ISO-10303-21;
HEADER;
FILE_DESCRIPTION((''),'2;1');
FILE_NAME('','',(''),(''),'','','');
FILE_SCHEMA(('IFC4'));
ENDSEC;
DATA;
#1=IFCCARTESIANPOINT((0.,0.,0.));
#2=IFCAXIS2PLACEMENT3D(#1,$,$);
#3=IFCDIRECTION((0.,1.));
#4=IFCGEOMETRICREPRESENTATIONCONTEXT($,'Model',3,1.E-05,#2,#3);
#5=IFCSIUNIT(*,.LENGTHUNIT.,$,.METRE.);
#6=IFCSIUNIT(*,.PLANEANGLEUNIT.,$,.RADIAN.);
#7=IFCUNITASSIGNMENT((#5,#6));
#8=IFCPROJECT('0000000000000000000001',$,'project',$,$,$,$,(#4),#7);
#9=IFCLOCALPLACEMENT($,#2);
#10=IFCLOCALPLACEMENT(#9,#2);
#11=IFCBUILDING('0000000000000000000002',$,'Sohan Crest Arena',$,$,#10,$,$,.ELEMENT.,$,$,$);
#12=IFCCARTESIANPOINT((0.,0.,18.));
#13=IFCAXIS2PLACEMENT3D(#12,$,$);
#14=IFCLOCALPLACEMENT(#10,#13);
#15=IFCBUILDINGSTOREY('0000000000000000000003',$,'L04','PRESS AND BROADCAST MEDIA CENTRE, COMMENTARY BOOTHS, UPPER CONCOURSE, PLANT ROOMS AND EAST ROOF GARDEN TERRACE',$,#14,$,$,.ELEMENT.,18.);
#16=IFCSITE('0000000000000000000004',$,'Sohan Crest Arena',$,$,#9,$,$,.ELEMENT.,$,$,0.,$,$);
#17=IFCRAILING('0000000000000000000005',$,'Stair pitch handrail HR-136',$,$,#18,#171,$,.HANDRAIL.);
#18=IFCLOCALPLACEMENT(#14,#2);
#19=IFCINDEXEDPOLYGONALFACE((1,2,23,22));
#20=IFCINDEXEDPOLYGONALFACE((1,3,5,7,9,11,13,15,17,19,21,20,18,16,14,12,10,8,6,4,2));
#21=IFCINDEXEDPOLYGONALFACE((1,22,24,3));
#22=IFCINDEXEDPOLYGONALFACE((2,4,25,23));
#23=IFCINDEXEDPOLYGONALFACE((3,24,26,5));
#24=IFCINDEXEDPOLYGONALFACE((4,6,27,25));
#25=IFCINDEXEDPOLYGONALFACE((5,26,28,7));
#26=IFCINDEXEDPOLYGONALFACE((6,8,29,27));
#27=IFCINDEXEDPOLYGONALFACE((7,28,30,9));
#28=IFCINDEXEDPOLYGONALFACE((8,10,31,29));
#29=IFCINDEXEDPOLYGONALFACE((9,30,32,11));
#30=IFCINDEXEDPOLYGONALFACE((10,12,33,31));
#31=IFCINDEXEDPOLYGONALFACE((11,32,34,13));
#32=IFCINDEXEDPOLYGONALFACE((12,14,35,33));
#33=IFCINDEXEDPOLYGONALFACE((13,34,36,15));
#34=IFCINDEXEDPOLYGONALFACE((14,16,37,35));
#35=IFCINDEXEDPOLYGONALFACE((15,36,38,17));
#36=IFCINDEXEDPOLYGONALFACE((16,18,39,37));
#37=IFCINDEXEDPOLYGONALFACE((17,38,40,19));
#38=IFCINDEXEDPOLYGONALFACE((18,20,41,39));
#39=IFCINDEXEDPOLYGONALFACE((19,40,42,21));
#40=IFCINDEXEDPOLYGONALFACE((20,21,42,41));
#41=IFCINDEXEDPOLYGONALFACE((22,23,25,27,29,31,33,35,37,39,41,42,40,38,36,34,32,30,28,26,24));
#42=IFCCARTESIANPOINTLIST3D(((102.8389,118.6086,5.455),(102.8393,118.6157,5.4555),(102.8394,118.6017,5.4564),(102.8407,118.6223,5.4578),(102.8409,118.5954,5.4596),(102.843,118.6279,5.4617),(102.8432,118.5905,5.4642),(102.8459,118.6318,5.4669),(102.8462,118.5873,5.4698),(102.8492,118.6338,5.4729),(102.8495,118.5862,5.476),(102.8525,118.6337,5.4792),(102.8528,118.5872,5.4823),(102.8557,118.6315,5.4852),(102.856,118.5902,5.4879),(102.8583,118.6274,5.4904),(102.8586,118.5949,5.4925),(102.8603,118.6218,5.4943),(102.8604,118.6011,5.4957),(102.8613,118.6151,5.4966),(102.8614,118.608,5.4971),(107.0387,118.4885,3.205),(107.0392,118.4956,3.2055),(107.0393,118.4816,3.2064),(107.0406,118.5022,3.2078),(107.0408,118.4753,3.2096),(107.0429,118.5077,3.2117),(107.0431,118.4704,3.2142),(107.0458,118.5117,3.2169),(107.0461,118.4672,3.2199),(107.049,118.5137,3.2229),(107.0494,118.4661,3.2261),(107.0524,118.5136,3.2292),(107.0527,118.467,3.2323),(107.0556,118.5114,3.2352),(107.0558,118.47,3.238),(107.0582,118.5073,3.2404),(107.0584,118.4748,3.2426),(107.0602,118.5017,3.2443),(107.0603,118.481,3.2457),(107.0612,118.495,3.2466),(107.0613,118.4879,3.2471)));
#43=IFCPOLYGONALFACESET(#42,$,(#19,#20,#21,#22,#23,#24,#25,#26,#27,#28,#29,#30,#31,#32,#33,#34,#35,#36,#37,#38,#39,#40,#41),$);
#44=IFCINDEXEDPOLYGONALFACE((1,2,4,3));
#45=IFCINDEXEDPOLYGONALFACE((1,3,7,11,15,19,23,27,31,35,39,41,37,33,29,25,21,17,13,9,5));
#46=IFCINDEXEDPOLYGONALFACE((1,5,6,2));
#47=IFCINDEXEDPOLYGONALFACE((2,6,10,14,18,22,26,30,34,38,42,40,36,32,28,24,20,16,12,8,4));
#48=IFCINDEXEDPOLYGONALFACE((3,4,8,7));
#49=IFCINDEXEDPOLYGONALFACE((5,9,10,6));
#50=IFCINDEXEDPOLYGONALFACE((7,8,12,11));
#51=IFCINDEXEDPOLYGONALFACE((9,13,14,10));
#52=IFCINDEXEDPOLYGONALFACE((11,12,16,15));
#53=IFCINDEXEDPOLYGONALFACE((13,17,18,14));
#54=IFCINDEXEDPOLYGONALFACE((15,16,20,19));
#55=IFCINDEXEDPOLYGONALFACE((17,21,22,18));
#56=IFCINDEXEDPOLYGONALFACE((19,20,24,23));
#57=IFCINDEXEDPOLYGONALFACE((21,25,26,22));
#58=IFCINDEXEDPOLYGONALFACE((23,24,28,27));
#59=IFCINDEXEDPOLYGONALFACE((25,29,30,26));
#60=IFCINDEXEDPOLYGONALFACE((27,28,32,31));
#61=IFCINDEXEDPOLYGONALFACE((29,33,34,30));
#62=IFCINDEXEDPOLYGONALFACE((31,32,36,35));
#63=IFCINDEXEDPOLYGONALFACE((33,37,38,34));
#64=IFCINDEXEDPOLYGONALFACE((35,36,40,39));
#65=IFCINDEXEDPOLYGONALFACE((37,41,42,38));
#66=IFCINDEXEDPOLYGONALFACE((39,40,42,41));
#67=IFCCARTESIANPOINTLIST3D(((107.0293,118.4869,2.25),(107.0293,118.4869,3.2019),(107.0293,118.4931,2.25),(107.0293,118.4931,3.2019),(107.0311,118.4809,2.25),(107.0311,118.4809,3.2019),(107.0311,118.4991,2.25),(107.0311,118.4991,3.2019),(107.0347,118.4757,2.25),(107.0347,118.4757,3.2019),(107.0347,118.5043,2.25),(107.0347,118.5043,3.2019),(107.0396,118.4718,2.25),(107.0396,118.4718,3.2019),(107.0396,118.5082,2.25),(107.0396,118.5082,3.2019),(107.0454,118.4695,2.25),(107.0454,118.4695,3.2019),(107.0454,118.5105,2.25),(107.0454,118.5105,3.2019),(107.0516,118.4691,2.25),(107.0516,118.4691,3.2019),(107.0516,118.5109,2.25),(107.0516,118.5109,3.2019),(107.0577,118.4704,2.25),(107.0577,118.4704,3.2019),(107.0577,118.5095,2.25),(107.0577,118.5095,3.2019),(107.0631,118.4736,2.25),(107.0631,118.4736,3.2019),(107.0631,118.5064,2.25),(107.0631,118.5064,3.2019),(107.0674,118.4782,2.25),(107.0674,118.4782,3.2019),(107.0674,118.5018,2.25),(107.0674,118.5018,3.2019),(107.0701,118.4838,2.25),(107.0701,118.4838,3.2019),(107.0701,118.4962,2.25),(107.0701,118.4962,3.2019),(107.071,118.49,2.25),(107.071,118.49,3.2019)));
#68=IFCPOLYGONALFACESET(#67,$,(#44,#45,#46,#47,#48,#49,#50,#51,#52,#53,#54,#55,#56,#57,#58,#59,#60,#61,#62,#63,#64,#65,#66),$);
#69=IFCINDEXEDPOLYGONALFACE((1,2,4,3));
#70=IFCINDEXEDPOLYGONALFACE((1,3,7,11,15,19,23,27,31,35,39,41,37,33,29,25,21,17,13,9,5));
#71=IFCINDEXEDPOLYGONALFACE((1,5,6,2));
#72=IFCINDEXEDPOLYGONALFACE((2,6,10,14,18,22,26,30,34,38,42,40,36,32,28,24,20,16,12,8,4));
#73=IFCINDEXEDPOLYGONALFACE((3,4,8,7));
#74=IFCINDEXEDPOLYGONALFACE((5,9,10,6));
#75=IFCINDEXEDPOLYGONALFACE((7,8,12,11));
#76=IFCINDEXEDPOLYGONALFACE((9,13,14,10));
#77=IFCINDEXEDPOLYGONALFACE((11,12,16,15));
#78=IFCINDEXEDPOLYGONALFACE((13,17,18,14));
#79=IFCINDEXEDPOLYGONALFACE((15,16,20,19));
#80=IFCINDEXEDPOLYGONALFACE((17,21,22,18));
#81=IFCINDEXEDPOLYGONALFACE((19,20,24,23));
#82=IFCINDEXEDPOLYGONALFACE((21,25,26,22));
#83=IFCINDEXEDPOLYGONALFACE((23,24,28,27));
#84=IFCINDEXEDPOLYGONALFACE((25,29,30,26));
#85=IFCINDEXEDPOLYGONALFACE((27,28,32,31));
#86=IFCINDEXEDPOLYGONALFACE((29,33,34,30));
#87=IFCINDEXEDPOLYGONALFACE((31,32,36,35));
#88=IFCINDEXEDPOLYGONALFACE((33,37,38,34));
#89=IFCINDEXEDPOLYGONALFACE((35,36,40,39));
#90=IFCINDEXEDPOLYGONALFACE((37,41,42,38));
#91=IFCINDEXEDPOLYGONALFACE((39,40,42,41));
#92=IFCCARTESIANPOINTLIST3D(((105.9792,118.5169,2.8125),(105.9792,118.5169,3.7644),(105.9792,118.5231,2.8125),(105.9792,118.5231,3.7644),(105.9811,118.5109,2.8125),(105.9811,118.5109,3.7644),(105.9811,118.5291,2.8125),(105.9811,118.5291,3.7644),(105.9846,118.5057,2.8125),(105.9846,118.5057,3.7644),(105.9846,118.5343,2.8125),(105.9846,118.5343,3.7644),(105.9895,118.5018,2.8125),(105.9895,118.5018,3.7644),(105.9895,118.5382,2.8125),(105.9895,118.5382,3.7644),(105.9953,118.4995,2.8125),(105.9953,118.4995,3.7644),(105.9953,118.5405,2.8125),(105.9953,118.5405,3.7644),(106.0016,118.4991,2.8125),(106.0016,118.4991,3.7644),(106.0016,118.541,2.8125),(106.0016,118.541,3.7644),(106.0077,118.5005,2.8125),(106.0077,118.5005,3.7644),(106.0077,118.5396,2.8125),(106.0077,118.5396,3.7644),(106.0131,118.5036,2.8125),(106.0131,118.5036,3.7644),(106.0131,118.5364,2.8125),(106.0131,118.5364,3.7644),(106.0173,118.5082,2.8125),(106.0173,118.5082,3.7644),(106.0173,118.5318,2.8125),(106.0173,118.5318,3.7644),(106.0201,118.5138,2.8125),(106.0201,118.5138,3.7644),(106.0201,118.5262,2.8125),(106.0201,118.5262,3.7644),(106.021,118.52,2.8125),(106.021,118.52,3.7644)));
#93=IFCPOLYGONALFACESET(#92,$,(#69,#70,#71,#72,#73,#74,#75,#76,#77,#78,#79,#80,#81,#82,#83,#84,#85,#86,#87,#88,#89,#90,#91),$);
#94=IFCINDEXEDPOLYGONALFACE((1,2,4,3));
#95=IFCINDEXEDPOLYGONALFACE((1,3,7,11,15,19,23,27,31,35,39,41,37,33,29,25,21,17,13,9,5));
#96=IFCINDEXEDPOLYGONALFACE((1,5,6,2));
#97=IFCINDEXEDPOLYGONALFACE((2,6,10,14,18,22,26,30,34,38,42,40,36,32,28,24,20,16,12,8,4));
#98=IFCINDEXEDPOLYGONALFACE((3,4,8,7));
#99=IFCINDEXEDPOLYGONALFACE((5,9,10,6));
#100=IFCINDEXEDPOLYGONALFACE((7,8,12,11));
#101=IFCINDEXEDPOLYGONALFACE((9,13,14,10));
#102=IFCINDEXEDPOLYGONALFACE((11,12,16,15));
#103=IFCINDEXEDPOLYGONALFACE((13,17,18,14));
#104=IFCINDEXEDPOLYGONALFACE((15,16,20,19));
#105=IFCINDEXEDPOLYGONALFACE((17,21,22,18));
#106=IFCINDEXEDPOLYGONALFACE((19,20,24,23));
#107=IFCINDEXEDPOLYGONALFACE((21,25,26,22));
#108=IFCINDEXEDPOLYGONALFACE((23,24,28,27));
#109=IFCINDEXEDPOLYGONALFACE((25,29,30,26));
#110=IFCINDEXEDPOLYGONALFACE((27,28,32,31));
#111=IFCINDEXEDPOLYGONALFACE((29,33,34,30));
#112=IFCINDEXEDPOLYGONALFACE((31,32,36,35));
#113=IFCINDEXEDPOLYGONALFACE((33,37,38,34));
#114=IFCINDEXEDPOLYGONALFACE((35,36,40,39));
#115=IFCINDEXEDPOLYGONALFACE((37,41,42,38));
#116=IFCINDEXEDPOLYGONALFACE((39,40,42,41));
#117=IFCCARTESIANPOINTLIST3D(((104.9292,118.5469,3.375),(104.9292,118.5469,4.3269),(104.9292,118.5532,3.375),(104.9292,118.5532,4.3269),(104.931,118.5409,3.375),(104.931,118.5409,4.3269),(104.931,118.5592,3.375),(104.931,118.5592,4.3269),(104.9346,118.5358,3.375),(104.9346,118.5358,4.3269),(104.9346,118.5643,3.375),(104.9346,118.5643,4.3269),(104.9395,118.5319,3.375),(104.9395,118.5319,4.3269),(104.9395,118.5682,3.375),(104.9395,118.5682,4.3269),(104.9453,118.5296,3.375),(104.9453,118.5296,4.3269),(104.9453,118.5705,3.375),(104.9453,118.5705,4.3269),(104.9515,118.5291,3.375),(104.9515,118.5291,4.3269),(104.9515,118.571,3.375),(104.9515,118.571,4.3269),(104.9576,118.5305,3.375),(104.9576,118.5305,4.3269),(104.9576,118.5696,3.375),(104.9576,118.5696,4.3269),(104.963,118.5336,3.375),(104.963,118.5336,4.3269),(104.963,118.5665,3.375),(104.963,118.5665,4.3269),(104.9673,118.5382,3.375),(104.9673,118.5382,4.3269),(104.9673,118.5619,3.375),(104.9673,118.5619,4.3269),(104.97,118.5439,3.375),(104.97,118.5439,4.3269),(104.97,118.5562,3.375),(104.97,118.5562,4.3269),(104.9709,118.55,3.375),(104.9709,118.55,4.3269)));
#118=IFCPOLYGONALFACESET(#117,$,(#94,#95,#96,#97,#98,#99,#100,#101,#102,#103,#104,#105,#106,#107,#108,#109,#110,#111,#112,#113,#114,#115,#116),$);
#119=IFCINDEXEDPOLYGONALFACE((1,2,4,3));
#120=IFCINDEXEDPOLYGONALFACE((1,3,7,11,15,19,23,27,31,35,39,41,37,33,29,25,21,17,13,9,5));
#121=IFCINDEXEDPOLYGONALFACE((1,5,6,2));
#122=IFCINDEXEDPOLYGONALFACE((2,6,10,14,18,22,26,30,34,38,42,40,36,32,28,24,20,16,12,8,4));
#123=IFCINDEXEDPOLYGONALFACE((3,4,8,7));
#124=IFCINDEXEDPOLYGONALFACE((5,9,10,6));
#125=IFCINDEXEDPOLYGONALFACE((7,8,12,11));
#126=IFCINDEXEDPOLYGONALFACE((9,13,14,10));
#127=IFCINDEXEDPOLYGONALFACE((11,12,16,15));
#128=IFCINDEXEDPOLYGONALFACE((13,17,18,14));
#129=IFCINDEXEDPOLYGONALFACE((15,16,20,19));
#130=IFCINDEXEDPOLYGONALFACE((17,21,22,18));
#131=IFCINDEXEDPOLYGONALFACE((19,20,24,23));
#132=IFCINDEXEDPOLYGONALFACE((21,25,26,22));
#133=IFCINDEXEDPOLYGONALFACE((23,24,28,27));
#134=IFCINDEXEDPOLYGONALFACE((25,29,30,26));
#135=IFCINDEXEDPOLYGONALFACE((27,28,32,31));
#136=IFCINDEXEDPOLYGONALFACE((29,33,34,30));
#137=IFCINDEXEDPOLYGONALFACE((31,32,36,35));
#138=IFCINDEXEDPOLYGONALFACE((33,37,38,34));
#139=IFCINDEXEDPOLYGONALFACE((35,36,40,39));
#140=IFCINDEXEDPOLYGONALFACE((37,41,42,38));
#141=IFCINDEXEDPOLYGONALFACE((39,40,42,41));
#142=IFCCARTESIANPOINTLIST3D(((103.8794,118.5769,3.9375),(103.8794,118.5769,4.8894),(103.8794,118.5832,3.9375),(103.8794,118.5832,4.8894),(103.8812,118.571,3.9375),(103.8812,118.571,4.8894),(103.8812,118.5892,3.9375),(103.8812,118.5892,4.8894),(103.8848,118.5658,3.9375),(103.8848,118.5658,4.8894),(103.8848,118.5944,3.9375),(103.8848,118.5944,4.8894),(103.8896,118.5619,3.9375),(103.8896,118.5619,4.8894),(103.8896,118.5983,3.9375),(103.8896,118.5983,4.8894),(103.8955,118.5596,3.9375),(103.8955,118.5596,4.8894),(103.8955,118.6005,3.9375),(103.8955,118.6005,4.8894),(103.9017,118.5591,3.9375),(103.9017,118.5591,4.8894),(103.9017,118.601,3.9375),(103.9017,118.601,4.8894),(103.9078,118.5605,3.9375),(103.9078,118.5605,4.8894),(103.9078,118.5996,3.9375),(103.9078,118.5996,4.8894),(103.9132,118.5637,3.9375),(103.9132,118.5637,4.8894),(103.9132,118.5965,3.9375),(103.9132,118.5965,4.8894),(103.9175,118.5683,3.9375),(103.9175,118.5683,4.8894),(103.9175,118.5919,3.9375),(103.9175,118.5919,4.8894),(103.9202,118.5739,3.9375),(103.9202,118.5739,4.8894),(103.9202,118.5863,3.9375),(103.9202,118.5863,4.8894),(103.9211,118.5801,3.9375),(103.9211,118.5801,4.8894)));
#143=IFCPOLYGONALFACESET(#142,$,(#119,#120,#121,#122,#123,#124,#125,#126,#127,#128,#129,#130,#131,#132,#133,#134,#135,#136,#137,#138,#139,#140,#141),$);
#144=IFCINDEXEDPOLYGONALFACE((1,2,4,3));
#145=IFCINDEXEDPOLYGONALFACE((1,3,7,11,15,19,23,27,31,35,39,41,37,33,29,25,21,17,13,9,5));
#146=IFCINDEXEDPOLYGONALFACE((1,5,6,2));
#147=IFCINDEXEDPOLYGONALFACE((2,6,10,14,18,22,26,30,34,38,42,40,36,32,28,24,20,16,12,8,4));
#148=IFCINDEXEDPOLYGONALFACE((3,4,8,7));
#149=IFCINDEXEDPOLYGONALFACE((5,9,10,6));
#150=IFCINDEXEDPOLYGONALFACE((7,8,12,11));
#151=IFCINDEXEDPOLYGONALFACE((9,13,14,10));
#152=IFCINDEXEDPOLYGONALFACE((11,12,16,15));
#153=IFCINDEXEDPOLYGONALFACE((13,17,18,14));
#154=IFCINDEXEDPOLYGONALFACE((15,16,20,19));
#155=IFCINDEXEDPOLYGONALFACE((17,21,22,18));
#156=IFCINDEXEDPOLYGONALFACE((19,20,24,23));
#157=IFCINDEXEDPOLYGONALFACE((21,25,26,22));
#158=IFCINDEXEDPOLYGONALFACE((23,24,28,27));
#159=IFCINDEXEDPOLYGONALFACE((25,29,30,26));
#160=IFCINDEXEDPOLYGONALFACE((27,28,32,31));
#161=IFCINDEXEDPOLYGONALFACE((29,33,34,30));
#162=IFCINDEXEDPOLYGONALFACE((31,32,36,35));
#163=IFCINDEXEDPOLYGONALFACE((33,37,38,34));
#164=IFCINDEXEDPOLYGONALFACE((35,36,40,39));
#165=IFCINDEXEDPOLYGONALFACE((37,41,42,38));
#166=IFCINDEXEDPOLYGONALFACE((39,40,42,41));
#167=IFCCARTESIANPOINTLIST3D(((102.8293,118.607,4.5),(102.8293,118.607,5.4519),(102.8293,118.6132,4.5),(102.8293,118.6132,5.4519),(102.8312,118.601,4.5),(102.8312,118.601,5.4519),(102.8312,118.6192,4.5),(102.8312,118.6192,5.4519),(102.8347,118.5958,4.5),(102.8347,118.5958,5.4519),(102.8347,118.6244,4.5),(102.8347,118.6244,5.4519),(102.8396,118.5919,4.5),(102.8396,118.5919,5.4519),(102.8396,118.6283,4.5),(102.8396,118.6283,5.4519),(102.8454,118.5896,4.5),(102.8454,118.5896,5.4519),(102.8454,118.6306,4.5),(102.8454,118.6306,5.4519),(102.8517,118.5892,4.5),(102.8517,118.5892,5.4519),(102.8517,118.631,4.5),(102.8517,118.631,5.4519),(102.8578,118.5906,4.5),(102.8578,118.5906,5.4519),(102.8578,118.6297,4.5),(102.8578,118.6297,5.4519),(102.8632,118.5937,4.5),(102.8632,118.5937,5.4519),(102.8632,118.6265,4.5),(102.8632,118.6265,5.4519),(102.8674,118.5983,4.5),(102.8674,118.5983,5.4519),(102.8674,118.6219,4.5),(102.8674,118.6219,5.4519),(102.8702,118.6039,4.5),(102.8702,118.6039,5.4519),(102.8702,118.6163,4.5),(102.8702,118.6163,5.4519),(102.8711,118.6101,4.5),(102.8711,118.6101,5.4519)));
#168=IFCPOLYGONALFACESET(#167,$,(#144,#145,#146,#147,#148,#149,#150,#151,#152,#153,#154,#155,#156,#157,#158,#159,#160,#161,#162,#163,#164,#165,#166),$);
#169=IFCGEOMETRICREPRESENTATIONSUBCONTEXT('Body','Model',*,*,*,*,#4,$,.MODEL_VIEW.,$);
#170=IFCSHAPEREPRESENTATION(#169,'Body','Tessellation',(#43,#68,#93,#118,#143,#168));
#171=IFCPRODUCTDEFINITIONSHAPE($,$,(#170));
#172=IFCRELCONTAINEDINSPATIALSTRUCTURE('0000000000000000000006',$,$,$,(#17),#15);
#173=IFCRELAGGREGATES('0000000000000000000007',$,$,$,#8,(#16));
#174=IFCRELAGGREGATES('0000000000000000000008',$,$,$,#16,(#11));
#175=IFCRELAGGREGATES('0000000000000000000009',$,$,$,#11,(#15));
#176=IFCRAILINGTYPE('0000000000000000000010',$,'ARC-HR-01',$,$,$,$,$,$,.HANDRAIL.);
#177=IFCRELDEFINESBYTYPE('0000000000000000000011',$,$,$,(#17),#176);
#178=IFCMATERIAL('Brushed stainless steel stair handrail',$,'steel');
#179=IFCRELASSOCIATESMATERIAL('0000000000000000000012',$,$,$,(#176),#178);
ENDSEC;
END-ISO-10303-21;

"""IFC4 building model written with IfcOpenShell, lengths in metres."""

from ifc_helpers import new_model, si_unit, direction, frame, origin, origin_2d, place, context, subcontext, project, spatial, circle, extrude, material, type_object, element, save


model = new_model("IFC4")

# Units and contexts
model_context = context("Model", 3, precision=1e-05, world=origin(), true_north=direction((0.0, 1.0)))
body_context = subcontext(model_context, "Body", "Model", "MODEL_VIEW")
ifc_project = project(units=[si_unit("LENGTHUNIT", "METRE"), si_unit("PLANEANGLEUNIT", "RADIAN")], contexts=[model_context])

# Site, building, storey
site_placement = place(None, origin())
site = spatial("IfcSite", under=ifc_project, at=site_placement, Name="Sohan Crest Arena", CompositionType="ELEMENT", RefElevation=0.0)
building_placement = place(site_placement, origin())
building = spatial("IfcBuilding", under=site, at=building_placement, Name="Sohan Crest Arena", CompositionType="ELEMENT")
storey_placement = place(building_placement, frame((0.0, 0.0, 18.0)))
storey = spatial("IfcBuildingStorey", under=building, at=storey_placement, Name="L04", Description="PRESS AND BROADCAST MEDIA CENTRE, COMMENTARY BOOTHS, UPPER CONCOURSE, PLANT ROOMS AND EAST ROOF GARDEN TERRACE", CompositionType="ELEMENT", Elevation=18.0)

# Railing
ifc_material_1 = material(Name="Brushed stainless steel stair handrail", Category="steel")
railing_type_1 = type_object("IfcRailingType", Name="ARC-HR-01", PredefinedType="HANDRAIL", material=ifc_material_1)
railing_1_placement = place(storey_placement, frame((107.05, 118.49, 2.25)))
element("IfcRailing", 1, at=railing_1_placement, inside=storey, type_object=railing_type_1, Name="Stair pitch handrail HR-136", PredefinedType="HANDRAIL", context=body_context, shape_type="SweptSolid", body=[
    extrude(circle(Radius=0.0239, at=origin_2d()), frame((0.0, 0.0, 0.9761), z_axis=(-0.881198, 0.025202, 0.472076), x_axis=(-0.028588, -0.999591, 0.0)), (0.0, 0.0, 1.0), 4.7661),
    extrude(circle(Radius=0.021, at=origin_2d()), origin(), (0.0, 0.0, 1.0), 0.9519),
    extrude(circle(Radius=0.021, at=origin_2d()), frame((-1.05, 0.03, 0.5625)), (0.0, 0.0, 1.0), 0.9519),
    extrude(circle(Radius=0.021, at=origin_2d()), frame((-2.1001, 0.0601, 1.125)), (0.0, 0.0, 1.0), 0.9519),
    extrude(circle(Radius=0.021, at=origin_2d()), frame((-3.1499, 0.0901, 1.6875)), (0.0, 0.0, 1.0), 0.9519),
    extrude(circle(Radius=0.021, at=origin_2d()), frame((-4.2, 0.1201, 2.25)), (0.0, 0.0, 1.0), 0.9519),
])

save(model, "model.ifc")
